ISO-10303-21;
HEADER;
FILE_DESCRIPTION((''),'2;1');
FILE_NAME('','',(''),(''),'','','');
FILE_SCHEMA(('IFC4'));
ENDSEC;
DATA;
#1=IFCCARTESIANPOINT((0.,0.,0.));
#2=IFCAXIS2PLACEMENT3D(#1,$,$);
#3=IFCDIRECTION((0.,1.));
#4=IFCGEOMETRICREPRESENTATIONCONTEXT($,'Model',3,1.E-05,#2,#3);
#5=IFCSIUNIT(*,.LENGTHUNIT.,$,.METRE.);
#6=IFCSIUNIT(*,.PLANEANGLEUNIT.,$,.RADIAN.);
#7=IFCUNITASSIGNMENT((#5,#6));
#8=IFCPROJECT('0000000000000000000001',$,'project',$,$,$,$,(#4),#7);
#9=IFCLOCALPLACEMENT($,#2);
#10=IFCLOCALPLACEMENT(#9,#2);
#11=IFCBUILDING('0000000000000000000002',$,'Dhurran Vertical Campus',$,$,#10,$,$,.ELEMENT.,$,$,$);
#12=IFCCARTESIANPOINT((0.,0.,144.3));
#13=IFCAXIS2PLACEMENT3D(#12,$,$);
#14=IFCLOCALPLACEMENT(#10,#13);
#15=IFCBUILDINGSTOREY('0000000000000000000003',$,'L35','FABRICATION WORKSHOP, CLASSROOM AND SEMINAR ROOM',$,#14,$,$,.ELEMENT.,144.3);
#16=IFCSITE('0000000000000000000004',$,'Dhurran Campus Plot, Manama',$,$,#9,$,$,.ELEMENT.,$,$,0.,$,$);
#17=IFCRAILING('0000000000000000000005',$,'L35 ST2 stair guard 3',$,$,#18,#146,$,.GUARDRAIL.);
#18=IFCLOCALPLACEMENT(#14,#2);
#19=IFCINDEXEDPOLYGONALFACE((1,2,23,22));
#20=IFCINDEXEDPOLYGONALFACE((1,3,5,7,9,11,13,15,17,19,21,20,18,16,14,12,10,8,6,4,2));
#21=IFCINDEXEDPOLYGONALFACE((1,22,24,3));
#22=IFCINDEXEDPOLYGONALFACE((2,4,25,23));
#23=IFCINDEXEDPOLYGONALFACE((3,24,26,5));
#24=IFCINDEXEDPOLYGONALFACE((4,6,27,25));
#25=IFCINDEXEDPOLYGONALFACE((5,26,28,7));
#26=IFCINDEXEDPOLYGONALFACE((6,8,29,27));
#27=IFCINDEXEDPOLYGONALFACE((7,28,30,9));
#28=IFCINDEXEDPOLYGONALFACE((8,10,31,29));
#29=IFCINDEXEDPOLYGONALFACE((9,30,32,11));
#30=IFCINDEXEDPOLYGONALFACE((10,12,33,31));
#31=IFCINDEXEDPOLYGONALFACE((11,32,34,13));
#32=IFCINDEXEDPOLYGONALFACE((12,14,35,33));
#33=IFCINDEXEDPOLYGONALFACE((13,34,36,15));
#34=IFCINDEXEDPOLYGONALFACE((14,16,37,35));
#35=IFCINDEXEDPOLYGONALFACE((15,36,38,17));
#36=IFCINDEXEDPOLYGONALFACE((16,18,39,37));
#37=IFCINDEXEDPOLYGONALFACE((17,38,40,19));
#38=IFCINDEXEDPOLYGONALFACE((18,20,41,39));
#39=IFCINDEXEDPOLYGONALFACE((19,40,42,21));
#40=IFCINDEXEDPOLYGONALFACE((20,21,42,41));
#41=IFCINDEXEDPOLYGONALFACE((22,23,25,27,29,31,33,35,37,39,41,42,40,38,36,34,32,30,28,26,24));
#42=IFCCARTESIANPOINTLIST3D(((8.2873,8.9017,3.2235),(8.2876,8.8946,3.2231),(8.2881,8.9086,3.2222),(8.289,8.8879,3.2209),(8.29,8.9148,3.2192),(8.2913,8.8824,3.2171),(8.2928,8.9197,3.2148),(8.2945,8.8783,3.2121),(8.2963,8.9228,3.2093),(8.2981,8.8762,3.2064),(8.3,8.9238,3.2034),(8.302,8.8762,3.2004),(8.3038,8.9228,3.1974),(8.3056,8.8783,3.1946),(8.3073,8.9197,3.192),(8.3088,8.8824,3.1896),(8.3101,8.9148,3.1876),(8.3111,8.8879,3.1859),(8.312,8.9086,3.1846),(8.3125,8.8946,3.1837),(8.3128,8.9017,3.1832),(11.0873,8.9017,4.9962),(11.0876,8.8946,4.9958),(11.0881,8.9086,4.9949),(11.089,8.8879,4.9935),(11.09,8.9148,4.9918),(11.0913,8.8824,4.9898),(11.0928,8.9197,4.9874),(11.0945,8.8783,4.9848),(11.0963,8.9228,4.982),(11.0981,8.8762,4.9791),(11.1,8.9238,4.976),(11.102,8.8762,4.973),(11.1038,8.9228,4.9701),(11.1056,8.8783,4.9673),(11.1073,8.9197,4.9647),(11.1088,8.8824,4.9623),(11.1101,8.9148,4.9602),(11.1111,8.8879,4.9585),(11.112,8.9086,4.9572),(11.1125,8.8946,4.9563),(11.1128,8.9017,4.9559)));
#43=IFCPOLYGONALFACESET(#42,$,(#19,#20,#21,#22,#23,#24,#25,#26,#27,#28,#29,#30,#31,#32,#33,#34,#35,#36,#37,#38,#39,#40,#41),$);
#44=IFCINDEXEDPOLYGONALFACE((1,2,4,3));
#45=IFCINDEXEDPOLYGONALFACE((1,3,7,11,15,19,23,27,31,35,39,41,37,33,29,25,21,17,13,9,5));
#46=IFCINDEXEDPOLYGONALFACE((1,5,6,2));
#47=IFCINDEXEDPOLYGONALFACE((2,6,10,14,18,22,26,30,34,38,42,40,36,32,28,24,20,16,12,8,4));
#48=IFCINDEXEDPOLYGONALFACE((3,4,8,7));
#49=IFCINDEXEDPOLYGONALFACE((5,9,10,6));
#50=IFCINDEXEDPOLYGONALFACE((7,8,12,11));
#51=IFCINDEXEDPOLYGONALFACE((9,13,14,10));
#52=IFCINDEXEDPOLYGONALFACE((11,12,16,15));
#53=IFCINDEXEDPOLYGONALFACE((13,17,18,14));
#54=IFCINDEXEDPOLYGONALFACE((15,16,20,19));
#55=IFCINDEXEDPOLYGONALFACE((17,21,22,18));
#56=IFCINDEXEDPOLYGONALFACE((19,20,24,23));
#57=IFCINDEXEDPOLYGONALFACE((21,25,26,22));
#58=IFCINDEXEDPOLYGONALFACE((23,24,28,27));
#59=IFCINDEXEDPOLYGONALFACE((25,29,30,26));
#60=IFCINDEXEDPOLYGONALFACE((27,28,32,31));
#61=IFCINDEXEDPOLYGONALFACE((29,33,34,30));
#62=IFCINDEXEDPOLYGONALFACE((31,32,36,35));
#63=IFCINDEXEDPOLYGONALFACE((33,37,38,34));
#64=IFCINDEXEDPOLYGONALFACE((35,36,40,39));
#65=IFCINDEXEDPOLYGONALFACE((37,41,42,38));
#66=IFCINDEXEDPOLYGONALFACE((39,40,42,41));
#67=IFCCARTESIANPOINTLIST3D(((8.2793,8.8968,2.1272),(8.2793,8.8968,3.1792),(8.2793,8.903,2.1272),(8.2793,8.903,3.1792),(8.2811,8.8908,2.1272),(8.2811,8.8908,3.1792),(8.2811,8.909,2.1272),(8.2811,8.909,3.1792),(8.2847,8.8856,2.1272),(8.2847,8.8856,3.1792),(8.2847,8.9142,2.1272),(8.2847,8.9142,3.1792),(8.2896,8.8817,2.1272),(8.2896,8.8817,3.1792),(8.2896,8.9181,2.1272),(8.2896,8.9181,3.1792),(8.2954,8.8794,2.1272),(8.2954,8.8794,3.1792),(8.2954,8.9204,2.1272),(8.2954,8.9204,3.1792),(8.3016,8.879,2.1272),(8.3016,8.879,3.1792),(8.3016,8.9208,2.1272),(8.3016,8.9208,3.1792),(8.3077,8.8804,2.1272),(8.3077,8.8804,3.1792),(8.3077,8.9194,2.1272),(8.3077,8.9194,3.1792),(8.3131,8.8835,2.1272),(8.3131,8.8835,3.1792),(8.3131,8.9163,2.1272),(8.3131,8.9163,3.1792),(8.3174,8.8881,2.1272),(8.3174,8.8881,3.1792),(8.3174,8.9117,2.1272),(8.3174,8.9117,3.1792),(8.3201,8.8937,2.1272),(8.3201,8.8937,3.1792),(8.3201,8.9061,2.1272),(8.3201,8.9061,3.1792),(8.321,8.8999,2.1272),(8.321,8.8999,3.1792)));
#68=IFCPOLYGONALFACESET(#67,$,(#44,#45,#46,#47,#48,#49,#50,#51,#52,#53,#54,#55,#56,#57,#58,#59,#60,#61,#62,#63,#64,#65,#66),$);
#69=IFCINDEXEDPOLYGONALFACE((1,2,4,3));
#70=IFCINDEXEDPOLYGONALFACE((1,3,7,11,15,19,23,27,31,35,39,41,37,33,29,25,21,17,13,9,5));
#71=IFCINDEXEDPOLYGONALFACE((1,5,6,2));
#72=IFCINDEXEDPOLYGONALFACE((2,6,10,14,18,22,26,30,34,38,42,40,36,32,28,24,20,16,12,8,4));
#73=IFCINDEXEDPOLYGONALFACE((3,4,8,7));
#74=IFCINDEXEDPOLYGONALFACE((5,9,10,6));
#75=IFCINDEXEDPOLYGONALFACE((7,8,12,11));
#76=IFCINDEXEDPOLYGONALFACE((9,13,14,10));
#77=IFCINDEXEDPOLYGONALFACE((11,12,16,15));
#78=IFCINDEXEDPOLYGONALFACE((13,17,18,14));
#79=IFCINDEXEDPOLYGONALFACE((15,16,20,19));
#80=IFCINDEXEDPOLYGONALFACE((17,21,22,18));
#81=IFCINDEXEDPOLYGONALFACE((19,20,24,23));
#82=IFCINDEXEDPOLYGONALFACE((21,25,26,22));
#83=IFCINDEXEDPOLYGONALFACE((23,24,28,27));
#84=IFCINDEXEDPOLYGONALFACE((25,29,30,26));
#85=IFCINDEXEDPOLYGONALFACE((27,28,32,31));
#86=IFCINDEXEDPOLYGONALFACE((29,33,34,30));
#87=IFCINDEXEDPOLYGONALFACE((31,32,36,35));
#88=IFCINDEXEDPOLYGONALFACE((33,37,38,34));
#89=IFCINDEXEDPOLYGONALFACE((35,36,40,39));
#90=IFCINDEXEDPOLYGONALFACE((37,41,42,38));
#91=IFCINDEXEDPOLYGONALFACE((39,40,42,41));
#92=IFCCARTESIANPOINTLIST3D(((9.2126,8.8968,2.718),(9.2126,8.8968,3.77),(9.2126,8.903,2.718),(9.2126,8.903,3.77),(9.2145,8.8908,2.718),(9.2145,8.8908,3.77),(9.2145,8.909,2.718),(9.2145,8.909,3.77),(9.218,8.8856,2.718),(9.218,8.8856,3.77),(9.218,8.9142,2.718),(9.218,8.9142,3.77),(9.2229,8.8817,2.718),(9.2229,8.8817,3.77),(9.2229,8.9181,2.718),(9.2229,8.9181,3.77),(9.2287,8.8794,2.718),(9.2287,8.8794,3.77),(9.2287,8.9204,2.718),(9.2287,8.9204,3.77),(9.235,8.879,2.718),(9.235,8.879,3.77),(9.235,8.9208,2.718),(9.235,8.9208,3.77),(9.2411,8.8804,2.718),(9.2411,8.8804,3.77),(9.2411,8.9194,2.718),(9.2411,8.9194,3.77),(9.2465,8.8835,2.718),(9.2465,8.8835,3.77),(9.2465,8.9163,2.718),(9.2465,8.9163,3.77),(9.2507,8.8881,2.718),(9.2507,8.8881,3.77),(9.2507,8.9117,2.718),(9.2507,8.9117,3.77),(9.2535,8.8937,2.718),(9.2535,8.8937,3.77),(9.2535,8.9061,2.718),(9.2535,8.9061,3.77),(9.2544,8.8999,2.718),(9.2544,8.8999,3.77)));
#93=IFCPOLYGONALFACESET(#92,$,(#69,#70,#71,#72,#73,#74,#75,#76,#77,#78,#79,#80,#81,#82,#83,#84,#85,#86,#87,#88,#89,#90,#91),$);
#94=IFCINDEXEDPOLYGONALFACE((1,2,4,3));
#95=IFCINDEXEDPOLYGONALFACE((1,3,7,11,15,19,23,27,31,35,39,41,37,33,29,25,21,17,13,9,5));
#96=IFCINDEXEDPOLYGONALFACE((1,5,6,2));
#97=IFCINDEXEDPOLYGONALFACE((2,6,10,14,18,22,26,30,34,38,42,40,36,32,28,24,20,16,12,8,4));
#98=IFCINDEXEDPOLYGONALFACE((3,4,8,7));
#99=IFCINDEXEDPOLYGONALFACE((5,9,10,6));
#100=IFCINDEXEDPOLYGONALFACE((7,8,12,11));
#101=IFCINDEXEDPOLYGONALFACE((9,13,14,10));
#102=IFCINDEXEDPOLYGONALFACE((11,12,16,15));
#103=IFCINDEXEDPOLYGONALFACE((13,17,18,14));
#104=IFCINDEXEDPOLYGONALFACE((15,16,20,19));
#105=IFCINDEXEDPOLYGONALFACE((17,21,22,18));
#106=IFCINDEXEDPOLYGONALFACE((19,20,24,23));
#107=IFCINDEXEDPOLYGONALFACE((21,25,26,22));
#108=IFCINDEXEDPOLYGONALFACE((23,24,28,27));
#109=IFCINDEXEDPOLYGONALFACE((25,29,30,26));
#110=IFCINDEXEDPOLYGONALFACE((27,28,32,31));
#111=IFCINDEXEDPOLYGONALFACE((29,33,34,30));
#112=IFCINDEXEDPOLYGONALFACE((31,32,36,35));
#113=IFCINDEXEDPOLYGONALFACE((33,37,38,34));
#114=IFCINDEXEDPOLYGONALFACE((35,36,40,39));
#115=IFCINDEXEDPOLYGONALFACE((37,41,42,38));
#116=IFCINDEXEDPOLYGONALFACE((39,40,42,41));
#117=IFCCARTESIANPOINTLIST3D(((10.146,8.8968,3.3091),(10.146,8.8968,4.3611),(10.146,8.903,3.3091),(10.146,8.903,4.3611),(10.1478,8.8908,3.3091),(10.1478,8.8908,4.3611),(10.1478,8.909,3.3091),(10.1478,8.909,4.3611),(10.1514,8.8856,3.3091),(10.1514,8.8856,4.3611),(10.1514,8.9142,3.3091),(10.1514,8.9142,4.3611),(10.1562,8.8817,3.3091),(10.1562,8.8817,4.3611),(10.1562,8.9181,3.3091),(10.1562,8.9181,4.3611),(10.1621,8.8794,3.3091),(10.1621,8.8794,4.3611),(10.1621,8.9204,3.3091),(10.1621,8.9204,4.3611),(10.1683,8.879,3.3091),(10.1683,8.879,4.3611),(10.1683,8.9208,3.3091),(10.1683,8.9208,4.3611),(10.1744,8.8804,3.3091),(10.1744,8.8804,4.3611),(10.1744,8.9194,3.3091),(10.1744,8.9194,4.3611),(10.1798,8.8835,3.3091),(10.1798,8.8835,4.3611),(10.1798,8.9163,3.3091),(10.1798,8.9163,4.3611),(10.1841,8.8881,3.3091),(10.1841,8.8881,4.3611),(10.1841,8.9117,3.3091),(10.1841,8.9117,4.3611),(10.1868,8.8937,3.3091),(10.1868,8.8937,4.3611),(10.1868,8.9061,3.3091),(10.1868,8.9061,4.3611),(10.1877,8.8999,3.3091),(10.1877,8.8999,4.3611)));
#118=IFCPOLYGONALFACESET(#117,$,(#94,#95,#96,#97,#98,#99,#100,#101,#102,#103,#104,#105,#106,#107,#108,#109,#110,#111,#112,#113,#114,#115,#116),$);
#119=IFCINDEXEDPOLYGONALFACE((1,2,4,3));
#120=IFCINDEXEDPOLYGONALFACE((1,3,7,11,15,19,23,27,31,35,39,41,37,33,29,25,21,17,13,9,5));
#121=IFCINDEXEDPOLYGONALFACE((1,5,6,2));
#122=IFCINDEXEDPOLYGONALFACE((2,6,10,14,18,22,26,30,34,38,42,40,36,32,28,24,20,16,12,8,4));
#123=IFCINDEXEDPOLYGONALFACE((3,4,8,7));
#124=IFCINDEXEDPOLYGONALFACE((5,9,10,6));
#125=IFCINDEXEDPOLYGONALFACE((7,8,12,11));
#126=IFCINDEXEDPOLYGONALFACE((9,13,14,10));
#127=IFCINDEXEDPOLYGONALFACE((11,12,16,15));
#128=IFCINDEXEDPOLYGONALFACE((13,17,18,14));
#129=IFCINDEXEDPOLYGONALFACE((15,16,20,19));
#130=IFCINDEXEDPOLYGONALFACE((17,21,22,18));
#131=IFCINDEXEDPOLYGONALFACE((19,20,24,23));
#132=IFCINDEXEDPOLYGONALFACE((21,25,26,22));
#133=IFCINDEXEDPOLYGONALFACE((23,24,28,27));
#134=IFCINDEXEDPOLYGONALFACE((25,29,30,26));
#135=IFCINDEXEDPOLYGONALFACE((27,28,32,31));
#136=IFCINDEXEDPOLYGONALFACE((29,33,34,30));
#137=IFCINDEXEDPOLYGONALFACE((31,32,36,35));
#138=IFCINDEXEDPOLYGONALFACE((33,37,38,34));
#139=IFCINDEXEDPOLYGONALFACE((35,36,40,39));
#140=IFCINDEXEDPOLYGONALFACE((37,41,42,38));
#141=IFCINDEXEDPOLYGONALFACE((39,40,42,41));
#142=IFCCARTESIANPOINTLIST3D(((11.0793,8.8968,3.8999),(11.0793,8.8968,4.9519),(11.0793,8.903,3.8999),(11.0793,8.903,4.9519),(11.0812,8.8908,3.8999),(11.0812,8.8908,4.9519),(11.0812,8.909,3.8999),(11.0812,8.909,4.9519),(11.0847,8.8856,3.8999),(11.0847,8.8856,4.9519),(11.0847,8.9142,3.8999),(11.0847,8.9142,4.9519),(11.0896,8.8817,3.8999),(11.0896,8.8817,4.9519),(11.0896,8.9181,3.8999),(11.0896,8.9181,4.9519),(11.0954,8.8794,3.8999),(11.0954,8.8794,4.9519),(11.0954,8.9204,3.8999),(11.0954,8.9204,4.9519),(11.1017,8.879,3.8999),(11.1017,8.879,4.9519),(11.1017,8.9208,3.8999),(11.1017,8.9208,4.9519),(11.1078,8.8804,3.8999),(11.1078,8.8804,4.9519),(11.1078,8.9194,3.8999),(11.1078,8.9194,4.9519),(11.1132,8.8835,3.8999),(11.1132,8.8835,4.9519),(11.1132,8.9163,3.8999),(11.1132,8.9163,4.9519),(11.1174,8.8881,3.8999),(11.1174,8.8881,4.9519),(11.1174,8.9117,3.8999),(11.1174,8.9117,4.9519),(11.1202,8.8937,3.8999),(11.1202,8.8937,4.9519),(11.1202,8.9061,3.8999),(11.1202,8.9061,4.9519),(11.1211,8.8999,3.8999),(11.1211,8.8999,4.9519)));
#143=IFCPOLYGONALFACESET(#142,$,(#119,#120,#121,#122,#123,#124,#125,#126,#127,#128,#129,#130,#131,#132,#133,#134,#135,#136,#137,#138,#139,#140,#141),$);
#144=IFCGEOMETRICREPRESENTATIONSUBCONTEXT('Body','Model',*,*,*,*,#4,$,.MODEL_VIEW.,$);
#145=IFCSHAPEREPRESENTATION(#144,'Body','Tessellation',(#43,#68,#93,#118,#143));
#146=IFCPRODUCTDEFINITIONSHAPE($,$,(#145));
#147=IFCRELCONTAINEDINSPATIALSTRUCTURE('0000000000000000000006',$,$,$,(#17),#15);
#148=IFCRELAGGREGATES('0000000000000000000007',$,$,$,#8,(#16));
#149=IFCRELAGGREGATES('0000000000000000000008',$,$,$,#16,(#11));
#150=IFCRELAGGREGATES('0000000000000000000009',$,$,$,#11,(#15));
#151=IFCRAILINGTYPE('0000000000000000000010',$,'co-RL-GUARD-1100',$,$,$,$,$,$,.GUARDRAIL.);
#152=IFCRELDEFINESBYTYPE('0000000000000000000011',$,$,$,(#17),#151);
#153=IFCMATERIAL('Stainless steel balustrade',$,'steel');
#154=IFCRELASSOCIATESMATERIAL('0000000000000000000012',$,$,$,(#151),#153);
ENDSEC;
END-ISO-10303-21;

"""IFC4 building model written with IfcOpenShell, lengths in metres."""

from ifc_helpers import new_model, si_unit, direction, frame, origin, origin_2d, place, context, subcontext, project, spatial, circle, extrude, material, type_object, element, save


model = new_model("IFC4")

# Units and contexts
model_context = context("Model", 3, precision=1e-05, world=origin(), true_north=direction((0.0, 1.0)))
body_context = subcontext(model_context, "Body", "Model", "MODEL_VIEW")
ifc_project = project(units=[si_unit("LENGTHUNIT", "METRE"), si_unit("PLANEANGLEUNIT", "RADIAN")], contexts=[model_context])

# Site, building, storey
site_placement = place(None, origin())
site = spatial("IfcSite", under=ifc_project, at=site_placement, Name="Dhurran Campus Plot, Manama", CompositionType="ELEMENT", RefElevation=0.0)
building_placement = place(site_placement, origin())
building = spatial("IfcBuilding", under=site, at=building_placement, Name="Dhurran Vertical Campus", CompositionType="ELEMENT")
storey_placement = place(building_placement, frame((0.0, 0.0, 144.3)))
storey = spatial("IfcBuildingStorey", under=building, at=storey_placement, Name="L35", Description="FABRICATION WORKSHOP, CLASSROOM AND SEMINAR ROOM", CompositionType="ELEMENT", Elevation=144.3)

# Railing
ifc_material_1 = material(Name="Stainless steel balustrade", Category="steel")
railing_type_1 = type_object("IfcRailingType", Name="co-RL-GUARD-1100", PredefinedType="GUARDRAIL", material=ifc_material_1)
railing_1_placement = place(storey_placement, frame((8.3, 8.8999, 2.1272)))
element("IfcRailing", 1, at=railing_1_placement, inside=storey, type_object=railing_type_1, Name="L35 ST2 stair guard 3", PredefinedType="GUARDRAIL", context=body_context, shape_type="SweptSolid", body=[
    extrude(circle(Radius=0.0239, at=origin_2d()), frame((0.0, 0.0, 1.0762), z_axis=(0.844909, 0.0, 0.53491), x_axis=(0.0, 1.0, 0.0)), (0.0, 0.0, 1.0), 3.314),
    extrude(circle(Radius=0.021, at=origin_2d()), origin(), (0.0, 0.0, 1.0), 1.052),
    extrude(circle(Radius=0.021, at=origin_2d()), frame((0.9333, 0.0, 0.5908)), (0.0, 0.0, 1.0), 1.052),
    extrude(circle(Radius=0.021, at=origin_2d()), frame((1.8667, 0.0, 1.1819)), (0.0, 0.0, 1.0), 1.052),
    extrude(circle(Radius=0.021, at=origin_2d()), frame((2.8, 0.0, 1.7727)), (0.0, 0.0, 1.0), 1.052),
])

save(model, "model.ifc")
